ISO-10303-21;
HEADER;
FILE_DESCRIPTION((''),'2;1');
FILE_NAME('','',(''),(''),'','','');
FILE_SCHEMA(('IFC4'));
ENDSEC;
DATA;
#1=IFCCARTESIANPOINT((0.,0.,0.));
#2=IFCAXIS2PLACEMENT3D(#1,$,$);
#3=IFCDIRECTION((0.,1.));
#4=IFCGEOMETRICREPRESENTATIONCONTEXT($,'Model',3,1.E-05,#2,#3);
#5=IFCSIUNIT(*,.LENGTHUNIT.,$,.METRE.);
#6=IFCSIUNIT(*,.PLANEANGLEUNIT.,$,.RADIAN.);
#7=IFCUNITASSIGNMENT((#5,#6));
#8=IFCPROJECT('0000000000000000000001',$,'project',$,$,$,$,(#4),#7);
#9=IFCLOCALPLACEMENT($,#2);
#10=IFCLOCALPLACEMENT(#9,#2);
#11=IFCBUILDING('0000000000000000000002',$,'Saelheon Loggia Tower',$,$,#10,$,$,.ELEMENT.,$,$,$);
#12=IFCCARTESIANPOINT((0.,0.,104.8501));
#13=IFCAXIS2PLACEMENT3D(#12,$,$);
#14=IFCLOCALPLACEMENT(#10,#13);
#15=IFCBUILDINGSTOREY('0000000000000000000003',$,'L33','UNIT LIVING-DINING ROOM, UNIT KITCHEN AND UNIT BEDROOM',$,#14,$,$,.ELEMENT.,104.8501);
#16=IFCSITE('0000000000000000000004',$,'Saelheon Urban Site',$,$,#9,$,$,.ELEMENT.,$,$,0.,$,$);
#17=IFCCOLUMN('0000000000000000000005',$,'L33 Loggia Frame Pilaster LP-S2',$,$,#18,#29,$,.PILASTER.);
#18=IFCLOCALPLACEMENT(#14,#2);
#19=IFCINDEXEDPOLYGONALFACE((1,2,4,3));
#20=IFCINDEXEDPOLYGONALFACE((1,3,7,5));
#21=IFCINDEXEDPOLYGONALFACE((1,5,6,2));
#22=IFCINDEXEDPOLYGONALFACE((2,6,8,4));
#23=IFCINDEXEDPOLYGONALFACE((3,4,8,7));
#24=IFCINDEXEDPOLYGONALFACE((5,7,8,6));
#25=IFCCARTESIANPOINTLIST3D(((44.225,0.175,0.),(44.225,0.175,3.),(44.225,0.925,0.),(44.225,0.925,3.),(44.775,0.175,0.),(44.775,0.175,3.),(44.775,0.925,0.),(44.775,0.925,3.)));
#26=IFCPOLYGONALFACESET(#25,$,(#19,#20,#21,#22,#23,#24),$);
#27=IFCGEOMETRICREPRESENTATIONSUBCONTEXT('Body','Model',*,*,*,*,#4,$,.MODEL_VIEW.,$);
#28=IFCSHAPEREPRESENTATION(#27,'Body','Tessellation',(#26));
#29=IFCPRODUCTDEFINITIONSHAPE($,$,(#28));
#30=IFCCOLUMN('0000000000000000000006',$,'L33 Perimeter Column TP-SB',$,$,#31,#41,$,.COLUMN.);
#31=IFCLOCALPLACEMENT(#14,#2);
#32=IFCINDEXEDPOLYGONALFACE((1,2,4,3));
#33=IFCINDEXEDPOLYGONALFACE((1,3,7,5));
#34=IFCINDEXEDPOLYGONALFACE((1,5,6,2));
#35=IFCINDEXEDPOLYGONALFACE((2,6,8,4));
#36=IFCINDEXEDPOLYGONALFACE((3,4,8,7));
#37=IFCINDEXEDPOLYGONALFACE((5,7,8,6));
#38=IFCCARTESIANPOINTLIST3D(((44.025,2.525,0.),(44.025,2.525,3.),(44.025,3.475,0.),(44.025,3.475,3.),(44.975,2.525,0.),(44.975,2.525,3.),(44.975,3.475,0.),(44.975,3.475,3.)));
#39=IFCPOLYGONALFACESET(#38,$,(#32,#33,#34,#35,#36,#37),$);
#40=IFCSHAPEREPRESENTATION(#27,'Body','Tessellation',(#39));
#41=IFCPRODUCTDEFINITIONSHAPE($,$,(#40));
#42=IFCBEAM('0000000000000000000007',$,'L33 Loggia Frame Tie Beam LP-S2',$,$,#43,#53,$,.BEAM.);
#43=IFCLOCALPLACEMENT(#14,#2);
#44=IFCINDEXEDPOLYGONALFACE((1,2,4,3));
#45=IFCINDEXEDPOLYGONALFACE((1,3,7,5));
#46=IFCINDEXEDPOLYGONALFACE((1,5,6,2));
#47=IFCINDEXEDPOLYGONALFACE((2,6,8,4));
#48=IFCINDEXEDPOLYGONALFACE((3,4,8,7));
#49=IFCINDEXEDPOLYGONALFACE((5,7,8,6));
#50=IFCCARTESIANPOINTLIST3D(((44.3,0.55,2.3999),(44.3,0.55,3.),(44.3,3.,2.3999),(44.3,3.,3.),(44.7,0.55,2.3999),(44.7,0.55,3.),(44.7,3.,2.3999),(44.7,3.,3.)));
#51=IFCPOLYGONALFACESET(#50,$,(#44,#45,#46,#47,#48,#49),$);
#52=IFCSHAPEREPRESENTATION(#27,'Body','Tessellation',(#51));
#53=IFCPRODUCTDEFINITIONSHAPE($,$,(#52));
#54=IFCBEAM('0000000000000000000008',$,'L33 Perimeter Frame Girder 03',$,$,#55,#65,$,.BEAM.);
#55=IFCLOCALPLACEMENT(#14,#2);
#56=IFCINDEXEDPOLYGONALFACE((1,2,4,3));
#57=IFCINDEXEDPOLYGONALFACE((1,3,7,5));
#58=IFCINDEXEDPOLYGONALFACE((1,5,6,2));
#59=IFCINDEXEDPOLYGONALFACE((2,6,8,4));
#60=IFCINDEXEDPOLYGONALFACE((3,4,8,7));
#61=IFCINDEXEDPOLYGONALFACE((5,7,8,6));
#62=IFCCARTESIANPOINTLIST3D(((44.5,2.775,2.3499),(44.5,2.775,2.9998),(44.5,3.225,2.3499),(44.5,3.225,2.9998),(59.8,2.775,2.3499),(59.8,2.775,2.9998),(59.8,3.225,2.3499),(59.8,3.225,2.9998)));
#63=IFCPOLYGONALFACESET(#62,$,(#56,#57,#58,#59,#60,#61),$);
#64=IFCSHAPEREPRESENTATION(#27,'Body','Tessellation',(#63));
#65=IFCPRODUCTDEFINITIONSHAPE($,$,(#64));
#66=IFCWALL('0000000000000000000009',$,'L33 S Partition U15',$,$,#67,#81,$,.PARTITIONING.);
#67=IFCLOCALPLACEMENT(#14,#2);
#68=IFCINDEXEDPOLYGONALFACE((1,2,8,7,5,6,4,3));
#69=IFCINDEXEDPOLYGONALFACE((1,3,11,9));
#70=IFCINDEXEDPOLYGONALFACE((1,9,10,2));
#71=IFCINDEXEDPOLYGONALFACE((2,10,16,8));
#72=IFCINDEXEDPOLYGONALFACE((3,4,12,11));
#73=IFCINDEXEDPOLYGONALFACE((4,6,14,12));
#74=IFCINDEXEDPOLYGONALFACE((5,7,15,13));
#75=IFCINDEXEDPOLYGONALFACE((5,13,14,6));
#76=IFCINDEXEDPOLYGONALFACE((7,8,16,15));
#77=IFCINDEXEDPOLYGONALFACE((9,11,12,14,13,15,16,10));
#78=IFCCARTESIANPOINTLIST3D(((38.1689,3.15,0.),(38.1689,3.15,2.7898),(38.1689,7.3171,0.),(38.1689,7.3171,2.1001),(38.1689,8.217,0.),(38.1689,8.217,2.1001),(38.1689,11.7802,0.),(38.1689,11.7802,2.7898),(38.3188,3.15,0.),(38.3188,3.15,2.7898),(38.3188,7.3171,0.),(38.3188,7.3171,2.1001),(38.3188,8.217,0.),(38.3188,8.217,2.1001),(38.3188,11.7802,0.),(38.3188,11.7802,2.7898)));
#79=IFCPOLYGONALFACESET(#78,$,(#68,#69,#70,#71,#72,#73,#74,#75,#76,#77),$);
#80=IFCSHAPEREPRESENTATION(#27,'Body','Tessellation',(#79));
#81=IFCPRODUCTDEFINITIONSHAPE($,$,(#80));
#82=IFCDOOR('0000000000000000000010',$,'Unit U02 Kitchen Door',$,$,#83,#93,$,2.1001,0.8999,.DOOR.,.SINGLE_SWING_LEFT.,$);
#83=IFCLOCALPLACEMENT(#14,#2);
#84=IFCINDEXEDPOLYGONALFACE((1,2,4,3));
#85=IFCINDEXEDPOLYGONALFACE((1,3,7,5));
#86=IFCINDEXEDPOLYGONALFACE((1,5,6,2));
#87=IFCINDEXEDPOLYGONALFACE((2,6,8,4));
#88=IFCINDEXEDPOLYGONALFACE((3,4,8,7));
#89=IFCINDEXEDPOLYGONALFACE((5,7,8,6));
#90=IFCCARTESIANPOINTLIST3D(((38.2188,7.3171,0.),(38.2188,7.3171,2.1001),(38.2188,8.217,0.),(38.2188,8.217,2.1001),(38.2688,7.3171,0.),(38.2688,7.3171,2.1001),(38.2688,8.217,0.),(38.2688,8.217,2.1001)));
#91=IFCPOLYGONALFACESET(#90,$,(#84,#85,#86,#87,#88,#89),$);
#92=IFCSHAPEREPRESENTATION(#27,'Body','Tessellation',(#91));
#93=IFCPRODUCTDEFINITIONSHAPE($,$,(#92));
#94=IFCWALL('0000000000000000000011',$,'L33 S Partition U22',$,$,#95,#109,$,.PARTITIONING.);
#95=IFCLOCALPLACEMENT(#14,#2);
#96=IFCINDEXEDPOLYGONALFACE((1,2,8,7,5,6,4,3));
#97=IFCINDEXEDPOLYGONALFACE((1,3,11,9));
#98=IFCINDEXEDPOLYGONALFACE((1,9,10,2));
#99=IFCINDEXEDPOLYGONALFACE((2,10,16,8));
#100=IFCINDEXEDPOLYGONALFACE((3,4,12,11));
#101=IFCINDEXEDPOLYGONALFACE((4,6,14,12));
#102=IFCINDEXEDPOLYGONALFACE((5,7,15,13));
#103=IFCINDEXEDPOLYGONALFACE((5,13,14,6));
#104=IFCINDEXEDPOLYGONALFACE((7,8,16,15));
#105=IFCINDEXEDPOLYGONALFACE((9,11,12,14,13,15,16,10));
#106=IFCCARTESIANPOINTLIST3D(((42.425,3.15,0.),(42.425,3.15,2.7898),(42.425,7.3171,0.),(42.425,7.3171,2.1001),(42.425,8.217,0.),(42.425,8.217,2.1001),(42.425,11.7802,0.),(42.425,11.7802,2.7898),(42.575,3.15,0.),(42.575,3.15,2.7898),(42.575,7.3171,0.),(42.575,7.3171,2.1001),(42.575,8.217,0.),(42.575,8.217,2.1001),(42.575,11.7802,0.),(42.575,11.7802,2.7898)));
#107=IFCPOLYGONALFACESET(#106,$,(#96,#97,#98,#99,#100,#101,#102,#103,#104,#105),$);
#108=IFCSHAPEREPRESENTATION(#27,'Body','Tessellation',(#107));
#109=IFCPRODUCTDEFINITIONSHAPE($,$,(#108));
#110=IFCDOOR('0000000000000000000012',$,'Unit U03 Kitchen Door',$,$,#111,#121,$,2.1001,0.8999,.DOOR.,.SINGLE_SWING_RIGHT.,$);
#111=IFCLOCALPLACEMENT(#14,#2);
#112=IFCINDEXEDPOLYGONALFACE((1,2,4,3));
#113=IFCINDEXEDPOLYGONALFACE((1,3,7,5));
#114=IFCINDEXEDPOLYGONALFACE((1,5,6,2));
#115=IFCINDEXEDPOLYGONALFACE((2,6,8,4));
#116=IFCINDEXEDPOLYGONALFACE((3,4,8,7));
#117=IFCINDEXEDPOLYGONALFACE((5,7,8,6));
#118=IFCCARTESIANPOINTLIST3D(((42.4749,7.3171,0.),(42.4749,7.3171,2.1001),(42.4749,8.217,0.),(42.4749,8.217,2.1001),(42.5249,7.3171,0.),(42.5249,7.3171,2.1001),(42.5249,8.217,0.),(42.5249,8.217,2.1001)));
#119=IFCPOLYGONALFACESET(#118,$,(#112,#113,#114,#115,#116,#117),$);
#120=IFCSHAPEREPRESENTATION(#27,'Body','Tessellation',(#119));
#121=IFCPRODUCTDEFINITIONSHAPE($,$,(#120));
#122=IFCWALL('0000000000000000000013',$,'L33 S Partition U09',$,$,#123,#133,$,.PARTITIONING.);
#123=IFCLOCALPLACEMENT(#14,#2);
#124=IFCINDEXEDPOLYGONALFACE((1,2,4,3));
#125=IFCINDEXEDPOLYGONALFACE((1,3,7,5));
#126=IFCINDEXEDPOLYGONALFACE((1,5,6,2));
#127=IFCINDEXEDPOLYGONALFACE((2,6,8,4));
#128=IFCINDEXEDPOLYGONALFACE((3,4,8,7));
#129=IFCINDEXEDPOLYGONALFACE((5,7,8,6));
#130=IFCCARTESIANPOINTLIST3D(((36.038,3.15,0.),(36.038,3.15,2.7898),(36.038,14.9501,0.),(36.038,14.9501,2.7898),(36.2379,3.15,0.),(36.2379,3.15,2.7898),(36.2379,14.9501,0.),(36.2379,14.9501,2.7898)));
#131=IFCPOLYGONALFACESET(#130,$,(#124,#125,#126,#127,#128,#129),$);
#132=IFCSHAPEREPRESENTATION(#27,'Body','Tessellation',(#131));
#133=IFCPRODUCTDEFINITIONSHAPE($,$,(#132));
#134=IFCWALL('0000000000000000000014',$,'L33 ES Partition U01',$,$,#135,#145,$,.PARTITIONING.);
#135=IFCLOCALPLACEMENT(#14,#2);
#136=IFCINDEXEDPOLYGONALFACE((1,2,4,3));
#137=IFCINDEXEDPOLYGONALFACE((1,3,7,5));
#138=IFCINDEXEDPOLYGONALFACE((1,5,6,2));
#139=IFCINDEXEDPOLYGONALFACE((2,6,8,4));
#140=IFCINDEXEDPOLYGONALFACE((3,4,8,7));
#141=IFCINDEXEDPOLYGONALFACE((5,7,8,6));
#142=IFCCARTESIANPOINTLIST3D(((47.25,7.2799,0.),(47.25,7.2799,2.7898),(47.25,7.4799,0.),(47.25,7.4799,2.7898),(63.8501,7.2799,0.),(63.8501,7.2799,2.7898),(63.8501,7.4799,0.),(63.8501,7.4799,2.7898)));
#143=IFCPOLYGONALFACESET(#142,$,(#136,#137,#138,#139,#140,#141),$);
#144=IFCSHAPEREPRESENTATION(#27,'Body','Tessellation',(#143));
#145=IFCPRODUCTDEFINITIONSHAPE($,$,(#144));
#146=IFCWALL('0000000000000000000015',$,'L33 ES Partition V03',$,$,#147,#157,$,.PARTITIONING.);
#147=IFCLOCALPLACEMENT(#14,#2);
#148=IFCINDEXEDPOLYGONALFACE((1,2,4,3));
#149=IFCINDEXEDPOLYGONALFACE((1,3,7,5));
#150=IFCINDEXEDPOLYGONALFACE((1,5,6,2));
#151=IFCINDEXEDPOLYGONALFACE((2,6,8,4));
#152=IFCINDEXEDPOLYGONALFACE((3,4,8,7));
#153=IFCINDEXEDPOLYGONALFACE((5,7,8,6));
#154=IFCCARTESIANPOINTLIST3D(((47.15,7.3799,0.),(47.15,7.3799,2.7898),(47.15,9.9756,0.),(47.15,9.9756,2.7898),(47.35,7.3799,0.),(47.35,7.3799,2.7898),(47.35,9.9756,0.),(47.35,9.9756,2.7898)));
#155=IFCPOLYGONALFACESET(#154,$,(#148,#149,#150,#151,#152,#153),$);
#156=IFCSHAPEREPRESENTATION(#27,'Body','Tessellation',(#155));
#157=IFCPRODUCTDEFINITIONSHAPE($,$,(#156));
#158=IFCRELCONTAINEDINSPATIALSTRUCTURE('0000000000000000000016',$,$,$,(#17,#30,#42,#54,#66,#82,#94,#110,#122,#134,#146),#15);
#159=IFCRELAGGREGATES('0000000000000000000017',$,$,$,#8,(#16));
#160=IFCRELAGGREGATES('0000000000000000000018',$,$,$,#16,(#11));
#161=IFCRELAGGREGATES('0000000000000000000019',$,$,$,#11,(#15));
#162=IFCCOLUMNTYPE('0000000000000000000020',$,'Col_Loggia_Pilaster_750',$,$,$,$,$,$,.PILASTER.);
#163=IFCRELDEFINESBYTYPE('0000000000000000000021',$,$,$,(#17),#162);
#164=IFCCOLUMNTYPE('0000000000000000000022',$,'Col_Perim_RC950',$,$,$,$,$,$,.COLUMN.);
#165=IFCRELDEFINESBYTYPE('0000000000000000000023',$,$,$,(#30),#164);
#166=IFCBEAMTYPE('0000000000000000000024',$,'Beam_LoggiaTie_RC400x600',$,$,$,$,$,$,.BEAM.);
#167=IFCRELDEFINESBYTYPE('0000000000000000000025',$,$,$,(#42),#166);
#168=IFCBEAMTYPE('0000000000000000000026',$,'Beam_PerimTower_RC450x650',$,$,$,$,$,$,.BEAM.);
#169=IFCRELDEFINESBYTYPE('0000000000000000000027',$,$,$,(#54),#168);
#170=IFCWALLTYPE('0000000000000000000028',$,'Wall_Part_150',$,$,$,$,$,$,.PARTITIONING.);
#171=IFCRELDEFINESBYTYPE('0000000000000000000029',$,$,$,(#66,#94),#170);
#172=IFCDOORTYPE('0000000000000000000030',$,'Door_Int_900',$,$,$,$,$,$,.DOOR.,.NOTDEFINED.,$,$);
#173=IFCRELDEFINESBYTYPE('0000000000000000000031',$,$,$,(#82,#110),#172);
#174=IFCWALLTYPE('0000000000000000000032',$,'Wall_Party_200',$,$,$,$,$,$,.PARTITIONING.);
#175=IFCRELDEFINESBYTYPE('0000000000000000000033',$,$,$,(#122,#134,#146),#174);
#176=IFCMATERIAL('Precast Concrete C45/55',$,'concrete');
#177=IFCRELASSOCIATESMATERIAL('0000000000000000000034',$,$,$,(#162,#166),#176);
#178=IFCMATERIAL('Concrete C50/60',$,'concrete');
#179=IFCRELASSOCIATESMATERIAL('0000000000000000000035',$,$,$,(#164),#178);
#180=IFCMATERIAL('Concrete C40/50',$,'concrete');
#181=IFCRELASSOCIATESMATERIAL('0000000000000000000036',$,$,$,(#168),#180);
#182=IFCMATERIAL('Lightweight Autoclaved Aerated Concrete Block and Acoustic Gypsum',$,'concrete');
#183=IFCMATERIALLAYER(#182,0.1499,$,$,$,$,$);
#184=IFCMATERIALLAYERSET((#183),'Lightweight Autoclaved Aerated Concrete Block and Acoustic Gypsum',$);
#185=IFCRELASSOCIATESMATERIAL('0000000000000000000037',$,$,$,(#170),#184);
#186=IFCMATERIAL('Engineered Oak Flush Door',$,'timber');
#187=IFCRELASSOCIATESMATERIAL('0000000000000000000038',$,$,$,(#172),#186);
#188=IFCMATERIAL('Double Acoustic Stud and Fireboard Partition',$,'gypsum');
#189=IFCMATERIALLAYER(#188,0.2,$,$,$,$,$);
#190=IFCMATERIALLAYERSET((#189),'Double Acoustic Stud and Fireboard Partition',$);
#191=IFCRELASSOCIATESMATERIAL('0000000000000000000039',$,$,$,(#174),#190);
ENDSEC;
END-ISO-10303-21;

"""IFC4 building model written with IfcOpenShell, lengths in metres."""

from ifc_helpers import new_model, si_unit, direction, frame, frame_2d, origin, origin_2d, place, context, subcontext, project, spatial, rectangle, extrude, source, transform, mapped, material, layer, layer_set, material_profile, profile_set, type_object, element, fill, save


model = new_model("IFC4")

# Units and contexts
model_context = context("Model", 3, precision=1e-05, world=origin(), true_north=direction((0.0, 1.0)))
body_context = subcontext(model_context, "Body", "Model", "MODEL_VIEW")
ifc_project = project(units=[si_unit("LENGTHUNIT", "METRE"), si_unit("PLANEANGLEUNIT", "RADIAN")], contexts=[model_context])

# Site, building, storey
site_placement = place(None, origin())
site = spatial("IfcSite", under=ifc_project, at=site_placement, Name="Saelheon Urban Site", CompositionType="ELEMENT", RefElevation=0.0)
building_placement = place(site_placement, origin())
building = spatial("IfcBuilding", under=site, at=building_placement, Name="Saelheon Loggia Tower", CompositionType="ELEMENT")
storey_placement = place(building_placement, frame((0.0, 0.0, 104.8501)))
storey = spatial("IfcBuildingStorey", under=building, at=storey_placement, Name="L33", Description="UNIT LIVING-DINING ROOM, UNIT KITCHEN AND UNIT BEDROOM", CompositionType="ELEMENT", Elevation=104.8501)

# Columns
ifc_material_1 = material(Name="Precast Concrete C45/55", Category="concrete")
ifc_material_profile_1 = material_profile(ifc_material_1, rectangle(XDim=0.55, YDim=0.75, at=origin_2d()), Name="RC-550x750")
ifc_profile_set_1 = profile_set([ifc_material_profile_1], Name="Precast Concrete C45/55")
column_type_1 = type_object("IfcColumnType", Name="Col_Loggia_Pilaster_750", PredefinedType="PILASTER", material=ifc_profile_set_1)
shared_shape_1 = source(origin(), body_context, "Body", "SweptSolid", [
    extrude(rectangle(XDim=0.55, YDim=0.75, at=origin_2d()), origin(), (0.0, 0.0, 1.0), 3.0),
])
column_1_placement = place(storey_placement, frame((44.5, 0.55, 0.0), z_axis=(0.0, 0.0, 1.0), x_axis=(1.0, 0.0, 0.0)))
element("IfcColumn", 1, at=column_1_placement, inside=storey, type_object=column_type_1, Name="L33 Loggia Frame Pilaster LP-S2", PredefinedType="PILASTER", context=body_context, shape_type="MappedRepresentation", body=[
    mapped(shared_shape_1, transform((0.0, 0.0, 0.0), scale=1.0)),
])
ifc_material_2 = material(Name="Concrete C50/60", Category="concrete")
ifc_material_profile_2 = material_profile(ifc_material_2, rectangle(XDim=0.95, YDim=0.95, at=origin_2d()), Name="RC-950x950")
ifc_profile_set_2 = profile_set([ifc_material_profile_2], Name="Concrete C50/60")
column_type_2 = type_object("IfcColumnType", Name="Col_Perim_RC950", PredefinedType="COLUMN", material=ifc_profile_set_2)
shared_shape_2 = source(origin(), body_context, "Body", "SweptSolid", [
    extrude(rectangle(XDim=0.95, YDim=0.95, at=origin_2d()), origin(), (0.0, 0.0, 1.0), 3.0),
])
column_2_placement = place(storey_placement, frame((44.5, 3.0, 0.0), z_axis=(0.0, 0.0, 1.0), x_axis=(1.0, 0.0, 0.0)))
element("IfcColumn", 2, at=column_2_placement, inside=storey, type_object=column_type_2, Name="L33 Perimeter Column TP-SB", PredefinedType="COLUMN", context=body_context, shape_type="MappedRepresentation", body=[
    mapped(shared_shape_2, transform((0.0, 0.0, 0.0), scale=1.0)),
])

# Beams
ifc_material_profile_3 = material_profile(ifc_material_1, rectangle(XDim=0.3999, YDim=0.6001, at=origin_2d()), Name="RC-400x600")
ifc_profile_set_3 = profile_set([ifc_material_profile_3], Name="Precast Concrete C45/55")
beam_type_1 = type_object("IfcBeamType", Name="Beam_LoggiaTie_RC400x600", PredefinedType="BEAM", material=ifc_profile_set_3)
shared_shape_3 = source(origin(), body_context, "Body", "SweptSolid", [
    extrude(rectangle(XDim=0.3999, YDim=0.6001, at=origin_2d()), origin(), (0.0, 0.0, 1.0), 2.45),
])
beam_1_placement = place(storey_placement, frame((44.5, 3.0, 2.7), z_axis=(0.0, -1.0, 0.0), x_axis=(1.0, 0.0, 0.0)))
element("IfcBeam", 3, at=beam_1_placement, inside=storey, type_object=beam_type_1, Name="L33 Loggia Frame Tie Beam LP-S2", PredefinedType="BEAM", context=body_context, shape_type="MappedRepresentation", body=[
    mapped(shared_shape_3, transform((0.0, 0.0, 0.0), scale=1.0)),
])
ifc_material_3 = material(Name="Concrete C40/50", Category="concrete")
ifc_material_profile_4 = material_profile(ifc_material_3, rectangle(XDim=0.45, YDim=0.6499, at=origin_2d()), Name="RC-450x650")
ifc_profile_set_4 = profile_set([ifc_material_profile_4], Name="Concrete C40/50")
beam_type_2 = type_object("IfcBeamType", Name="Beam_PerimTower_RC450x650", PredefinedType="BEAM", material=ifc_profile_set_4)
shared_shape_4 = source(origin(), body_context, "Body", "SweptSolid", [
    extrude(rectangle(XDim=0.45, YDim=0.6499, at=origin_2d()), origin(), (0.0, 0.0, 1.0), 15.3),
])
beam_2_placement = place(storey_placement, frame((44.5, 3.0, 2.6748), z_axis=(1.0, 0.0, 0.0), x_axis=(0.0, 1.0, 0.0)))
element("IfcBeam", 4, at=beam_2_placement, inside=storey, type_object=beam_type_2, Name="L33 Perimeter Frame Girder 03", PredefinedType="BEAM", context=body_context, shape_type="MappedRepresentation", body=[
    mapped(shared_shape_4, transform((0.0, 0.0, 0.0), scale=1.0)),
])

# Walls, openings, doors
ifc_material_4 = material(Name="Lightweight Autoclaved Aerated Concrete Block and Acoustic Gypsum", Category="concrete")
ifc_layer_1 = layer(ifc_material_4, 0.1499)
ifc_layer_set_1 = layer_set([ifc_layer_1], Name="Lightweight Autoclaved Aerated Concrete Block and Acoustic Gypsum")
wall_type_1 = type_object("IfcWallType", Name="Wall_Part_150", PredefinedType="PARTITIONING", material=ifc_layer_set_1)
wall_1_placement = place(storey_placement, frame((38.2439, 11.78, 0.0), z_axis=(0.0, 0.0, 1.0), x_axis=(0.0, -1.0, 0.0)))
wall_1 = element("IfcWall", 5, at=wall_1_placement, inside=storey, type_object=wall_type_1, Name="L33 S Partition U15", PredefinedType="PARTITIONING", context=body_context, shape_type="SweptSolid", body=[
    extrude(rectangle(XDim=8.6301, YDim=0.1499, at=frame_2d((4.3149, 0.0))), origin(), (0.0, 0.0, 1.0), 2.7898),
])
opening_1_placement = place(wall_1_placement, frame((3.563, 0.0, 0.0)))
opening_1 = element("IfcOpeningElement", 6, at=opening_1_placement, cuts=wall_1, PredefinedType="OPENING", context=body_context, shape_type="SweptSolid", body=[
    extrude(rectangle(XDim=0.8999, YDim=2.1001, at=frame_2d((0.45, 1.05))), frame((0.0, 0.0869, 0.0), z_axis=(0.0, -1.0, 0.0), x_axis=(1.0, 0.0, 0.0)), (0.0, 0.0, 1.0), 0.1738),
])
ifc_material_5 = material(Name="Engineered Oak Flush Door", Category="timber")
door_type_1 = type_object("IfcDoorType", Name="Door_Int_900", OperationType="NOTDEFINED", PredefinedType="DOOR", material=ifc_material_5)
shared_shape_5 = source(origin(), body_context, "Body", "SweptSolid", [
    extrude(rectangle(XDim=0.8999, YDim=2.1001, at=frame_2d((0.45, 1.05))), frame((0.0, 0.0249, 0.0), z_axis=(0.0, -1.0, 0.0), x_axis=(1.0, 0.0, 0.0)), (0.0, 0.0, 1.0), 0.05),
])
door_1_placement = place(opening_1_placement, origin())
door_1 = element("IfcDoor", 7, at=door_1_placement, inside=storey, type_object=door_type_1, Name="Unit U02 Kitchen Door", OperationType="SINGLE_SWING_LEFT", OverallHeight=2.1001, OverallWidth=0.8999, PredefinedType="DOOR", context=body_context, shape_type="MappedRepresentation", body=[
    mapped(shared_shape_5, transform((0.0, 0.0, 0.0), scale=1.0)),
])
fill(opening_1, door_1)
wall_2_placement = place(storey_placement, frame((42.5, 11.78, 0.0), z_axis=(0.0, 0.0, 1.0), x_axis=(0.0, -1.0, 0.0)))
wall_2 = element("IfcWall", 8, at=wall_2_placement, inside=storey, type_object=wall_type_1, Name="L33 S Partition U22", PredefinedType="PARTITIONING", context=body_context, shape_type="SweptSolid", body=[
    extrude(rectangle(XDim=8.6301, YDim=0.1499, at=frame_2d((4.3149, 0.0))), origin(), (0.0, 0.0, 1.0), 2.7898),
])
opening_2_placement = place(wall_2_placement, frame((3.563, 0.0, 0.0)))
opening_2 = element("IfcOpeningElement", 9, at=opening_2_placement, cuts=wall_2, PredefinedType="OPENING", context=body_context, shape_type="SweptSolid", body=[
    extrude(rectangle(XDim=0.8999, YDim=2.1001, at=frame_2d((0.45, 1.05))), frame((0.0, 0.0869, 0.0), z_axis=(0.0, -1.0, 0.0), x_axis=(1.0, 0.0, 0.0)), (0.0, 0.0, 1.0), 0.1738),
])
door_2_placement = place(opening_2_placement, origin())
door_2 = element("IfcDoor", 10, at=door_2_placement, inside=storey, type_object=door_type_1, Name="Unit U03 Kitchen Door", OperationType="SINGLE_SWING_RIGHT", OverallHeight=2.1001, OverallWidth=0.8999, PredefinedType="DOOR", context=body_context, shape_type="MappedRepresentation", body=[
    mapped(shared_shape_5, transform((0.0, 0.0, 0.0), scale=1.0)),
])
fill(opening_2, door_2)

# Wall
ifc_material_6 = material(Name="Double Acoustic Stud and Fireboard Partition", Category="gypsum")
ifc_layer_2 = layer(ifc_material_6, 0.2)
ifc_layer_set_2 = layer_set([ifc_layer_2], Name="Double Acoustic Stud and Fireboard Partition")
wall_type_2 = type_object("IfcWallType", Name="Wall_Party_200", PredefinedType="PARTITIONING", material=ifc_layer_set_2)
wall_3_placement = place(storey_placement, frame((36.1379, 14.95, 0.0), z_axis=(0.0, 0.0, 1.0), x_axis=(0.0, -1.0, 0.0)))
element("IfcWall", 11, at=wall_3_placement, inside=storey, type_object=wall_type_2, Name="L33 S Partition U09", PredefinedType="PARTITIONING", context=body_context, shape_type="SweptSolid", body=[
    extrude(rectangle(XDim=11.8, YDim=0.2, at=frame_2d((5.8999, 0.0))), origin(), (0.0, 0.0, 1.0), 2.7898),
])

# Walls
wall_4_placement = place(storey_placement, frame((47.25, 7.3799, 0.0), z_axis=(0.0, 0.0, 1.0), x_axis=(1.0, 0.0, 0.0)))
element("IfcWall", 12, at=wall_4_placement, inside=storey, type_object=wall_type_2, Name="L33 ES Partition U01", PredefinedType="PARTITIONING", context=body_context, shape_type="SweptSolid", body=[
    extrude(rectangle(XDim=16.6001, YDim=0.2, at=frame_2d((8.3, 0.0))), origin(), (0.0, 0.0, 1.0), 2.7898),
])
wall_5_placement = place(storey_placement, frame((47.25, 7.3799, 0.0), z_axis=(0.0, 0.0, 1.0), x_axis=(0.0, 1.0, 0.0)))
element("IfcWall", 13, at=wall_5_placement, inside=storey, type_object=wall_type_2, Name="L33 ES Partition V03", PredefinedType="PARTITIONING", context=body_context, shape_type="SweptSolid", body=[
    extrude(rectangle(XDim=2.5957, YDim=0.2, at=frame_2d((1.2979, 0.0))), origin(), (0.0, 0.0, 1.0), 2.7898),
])

save(model, "model.ifc")
